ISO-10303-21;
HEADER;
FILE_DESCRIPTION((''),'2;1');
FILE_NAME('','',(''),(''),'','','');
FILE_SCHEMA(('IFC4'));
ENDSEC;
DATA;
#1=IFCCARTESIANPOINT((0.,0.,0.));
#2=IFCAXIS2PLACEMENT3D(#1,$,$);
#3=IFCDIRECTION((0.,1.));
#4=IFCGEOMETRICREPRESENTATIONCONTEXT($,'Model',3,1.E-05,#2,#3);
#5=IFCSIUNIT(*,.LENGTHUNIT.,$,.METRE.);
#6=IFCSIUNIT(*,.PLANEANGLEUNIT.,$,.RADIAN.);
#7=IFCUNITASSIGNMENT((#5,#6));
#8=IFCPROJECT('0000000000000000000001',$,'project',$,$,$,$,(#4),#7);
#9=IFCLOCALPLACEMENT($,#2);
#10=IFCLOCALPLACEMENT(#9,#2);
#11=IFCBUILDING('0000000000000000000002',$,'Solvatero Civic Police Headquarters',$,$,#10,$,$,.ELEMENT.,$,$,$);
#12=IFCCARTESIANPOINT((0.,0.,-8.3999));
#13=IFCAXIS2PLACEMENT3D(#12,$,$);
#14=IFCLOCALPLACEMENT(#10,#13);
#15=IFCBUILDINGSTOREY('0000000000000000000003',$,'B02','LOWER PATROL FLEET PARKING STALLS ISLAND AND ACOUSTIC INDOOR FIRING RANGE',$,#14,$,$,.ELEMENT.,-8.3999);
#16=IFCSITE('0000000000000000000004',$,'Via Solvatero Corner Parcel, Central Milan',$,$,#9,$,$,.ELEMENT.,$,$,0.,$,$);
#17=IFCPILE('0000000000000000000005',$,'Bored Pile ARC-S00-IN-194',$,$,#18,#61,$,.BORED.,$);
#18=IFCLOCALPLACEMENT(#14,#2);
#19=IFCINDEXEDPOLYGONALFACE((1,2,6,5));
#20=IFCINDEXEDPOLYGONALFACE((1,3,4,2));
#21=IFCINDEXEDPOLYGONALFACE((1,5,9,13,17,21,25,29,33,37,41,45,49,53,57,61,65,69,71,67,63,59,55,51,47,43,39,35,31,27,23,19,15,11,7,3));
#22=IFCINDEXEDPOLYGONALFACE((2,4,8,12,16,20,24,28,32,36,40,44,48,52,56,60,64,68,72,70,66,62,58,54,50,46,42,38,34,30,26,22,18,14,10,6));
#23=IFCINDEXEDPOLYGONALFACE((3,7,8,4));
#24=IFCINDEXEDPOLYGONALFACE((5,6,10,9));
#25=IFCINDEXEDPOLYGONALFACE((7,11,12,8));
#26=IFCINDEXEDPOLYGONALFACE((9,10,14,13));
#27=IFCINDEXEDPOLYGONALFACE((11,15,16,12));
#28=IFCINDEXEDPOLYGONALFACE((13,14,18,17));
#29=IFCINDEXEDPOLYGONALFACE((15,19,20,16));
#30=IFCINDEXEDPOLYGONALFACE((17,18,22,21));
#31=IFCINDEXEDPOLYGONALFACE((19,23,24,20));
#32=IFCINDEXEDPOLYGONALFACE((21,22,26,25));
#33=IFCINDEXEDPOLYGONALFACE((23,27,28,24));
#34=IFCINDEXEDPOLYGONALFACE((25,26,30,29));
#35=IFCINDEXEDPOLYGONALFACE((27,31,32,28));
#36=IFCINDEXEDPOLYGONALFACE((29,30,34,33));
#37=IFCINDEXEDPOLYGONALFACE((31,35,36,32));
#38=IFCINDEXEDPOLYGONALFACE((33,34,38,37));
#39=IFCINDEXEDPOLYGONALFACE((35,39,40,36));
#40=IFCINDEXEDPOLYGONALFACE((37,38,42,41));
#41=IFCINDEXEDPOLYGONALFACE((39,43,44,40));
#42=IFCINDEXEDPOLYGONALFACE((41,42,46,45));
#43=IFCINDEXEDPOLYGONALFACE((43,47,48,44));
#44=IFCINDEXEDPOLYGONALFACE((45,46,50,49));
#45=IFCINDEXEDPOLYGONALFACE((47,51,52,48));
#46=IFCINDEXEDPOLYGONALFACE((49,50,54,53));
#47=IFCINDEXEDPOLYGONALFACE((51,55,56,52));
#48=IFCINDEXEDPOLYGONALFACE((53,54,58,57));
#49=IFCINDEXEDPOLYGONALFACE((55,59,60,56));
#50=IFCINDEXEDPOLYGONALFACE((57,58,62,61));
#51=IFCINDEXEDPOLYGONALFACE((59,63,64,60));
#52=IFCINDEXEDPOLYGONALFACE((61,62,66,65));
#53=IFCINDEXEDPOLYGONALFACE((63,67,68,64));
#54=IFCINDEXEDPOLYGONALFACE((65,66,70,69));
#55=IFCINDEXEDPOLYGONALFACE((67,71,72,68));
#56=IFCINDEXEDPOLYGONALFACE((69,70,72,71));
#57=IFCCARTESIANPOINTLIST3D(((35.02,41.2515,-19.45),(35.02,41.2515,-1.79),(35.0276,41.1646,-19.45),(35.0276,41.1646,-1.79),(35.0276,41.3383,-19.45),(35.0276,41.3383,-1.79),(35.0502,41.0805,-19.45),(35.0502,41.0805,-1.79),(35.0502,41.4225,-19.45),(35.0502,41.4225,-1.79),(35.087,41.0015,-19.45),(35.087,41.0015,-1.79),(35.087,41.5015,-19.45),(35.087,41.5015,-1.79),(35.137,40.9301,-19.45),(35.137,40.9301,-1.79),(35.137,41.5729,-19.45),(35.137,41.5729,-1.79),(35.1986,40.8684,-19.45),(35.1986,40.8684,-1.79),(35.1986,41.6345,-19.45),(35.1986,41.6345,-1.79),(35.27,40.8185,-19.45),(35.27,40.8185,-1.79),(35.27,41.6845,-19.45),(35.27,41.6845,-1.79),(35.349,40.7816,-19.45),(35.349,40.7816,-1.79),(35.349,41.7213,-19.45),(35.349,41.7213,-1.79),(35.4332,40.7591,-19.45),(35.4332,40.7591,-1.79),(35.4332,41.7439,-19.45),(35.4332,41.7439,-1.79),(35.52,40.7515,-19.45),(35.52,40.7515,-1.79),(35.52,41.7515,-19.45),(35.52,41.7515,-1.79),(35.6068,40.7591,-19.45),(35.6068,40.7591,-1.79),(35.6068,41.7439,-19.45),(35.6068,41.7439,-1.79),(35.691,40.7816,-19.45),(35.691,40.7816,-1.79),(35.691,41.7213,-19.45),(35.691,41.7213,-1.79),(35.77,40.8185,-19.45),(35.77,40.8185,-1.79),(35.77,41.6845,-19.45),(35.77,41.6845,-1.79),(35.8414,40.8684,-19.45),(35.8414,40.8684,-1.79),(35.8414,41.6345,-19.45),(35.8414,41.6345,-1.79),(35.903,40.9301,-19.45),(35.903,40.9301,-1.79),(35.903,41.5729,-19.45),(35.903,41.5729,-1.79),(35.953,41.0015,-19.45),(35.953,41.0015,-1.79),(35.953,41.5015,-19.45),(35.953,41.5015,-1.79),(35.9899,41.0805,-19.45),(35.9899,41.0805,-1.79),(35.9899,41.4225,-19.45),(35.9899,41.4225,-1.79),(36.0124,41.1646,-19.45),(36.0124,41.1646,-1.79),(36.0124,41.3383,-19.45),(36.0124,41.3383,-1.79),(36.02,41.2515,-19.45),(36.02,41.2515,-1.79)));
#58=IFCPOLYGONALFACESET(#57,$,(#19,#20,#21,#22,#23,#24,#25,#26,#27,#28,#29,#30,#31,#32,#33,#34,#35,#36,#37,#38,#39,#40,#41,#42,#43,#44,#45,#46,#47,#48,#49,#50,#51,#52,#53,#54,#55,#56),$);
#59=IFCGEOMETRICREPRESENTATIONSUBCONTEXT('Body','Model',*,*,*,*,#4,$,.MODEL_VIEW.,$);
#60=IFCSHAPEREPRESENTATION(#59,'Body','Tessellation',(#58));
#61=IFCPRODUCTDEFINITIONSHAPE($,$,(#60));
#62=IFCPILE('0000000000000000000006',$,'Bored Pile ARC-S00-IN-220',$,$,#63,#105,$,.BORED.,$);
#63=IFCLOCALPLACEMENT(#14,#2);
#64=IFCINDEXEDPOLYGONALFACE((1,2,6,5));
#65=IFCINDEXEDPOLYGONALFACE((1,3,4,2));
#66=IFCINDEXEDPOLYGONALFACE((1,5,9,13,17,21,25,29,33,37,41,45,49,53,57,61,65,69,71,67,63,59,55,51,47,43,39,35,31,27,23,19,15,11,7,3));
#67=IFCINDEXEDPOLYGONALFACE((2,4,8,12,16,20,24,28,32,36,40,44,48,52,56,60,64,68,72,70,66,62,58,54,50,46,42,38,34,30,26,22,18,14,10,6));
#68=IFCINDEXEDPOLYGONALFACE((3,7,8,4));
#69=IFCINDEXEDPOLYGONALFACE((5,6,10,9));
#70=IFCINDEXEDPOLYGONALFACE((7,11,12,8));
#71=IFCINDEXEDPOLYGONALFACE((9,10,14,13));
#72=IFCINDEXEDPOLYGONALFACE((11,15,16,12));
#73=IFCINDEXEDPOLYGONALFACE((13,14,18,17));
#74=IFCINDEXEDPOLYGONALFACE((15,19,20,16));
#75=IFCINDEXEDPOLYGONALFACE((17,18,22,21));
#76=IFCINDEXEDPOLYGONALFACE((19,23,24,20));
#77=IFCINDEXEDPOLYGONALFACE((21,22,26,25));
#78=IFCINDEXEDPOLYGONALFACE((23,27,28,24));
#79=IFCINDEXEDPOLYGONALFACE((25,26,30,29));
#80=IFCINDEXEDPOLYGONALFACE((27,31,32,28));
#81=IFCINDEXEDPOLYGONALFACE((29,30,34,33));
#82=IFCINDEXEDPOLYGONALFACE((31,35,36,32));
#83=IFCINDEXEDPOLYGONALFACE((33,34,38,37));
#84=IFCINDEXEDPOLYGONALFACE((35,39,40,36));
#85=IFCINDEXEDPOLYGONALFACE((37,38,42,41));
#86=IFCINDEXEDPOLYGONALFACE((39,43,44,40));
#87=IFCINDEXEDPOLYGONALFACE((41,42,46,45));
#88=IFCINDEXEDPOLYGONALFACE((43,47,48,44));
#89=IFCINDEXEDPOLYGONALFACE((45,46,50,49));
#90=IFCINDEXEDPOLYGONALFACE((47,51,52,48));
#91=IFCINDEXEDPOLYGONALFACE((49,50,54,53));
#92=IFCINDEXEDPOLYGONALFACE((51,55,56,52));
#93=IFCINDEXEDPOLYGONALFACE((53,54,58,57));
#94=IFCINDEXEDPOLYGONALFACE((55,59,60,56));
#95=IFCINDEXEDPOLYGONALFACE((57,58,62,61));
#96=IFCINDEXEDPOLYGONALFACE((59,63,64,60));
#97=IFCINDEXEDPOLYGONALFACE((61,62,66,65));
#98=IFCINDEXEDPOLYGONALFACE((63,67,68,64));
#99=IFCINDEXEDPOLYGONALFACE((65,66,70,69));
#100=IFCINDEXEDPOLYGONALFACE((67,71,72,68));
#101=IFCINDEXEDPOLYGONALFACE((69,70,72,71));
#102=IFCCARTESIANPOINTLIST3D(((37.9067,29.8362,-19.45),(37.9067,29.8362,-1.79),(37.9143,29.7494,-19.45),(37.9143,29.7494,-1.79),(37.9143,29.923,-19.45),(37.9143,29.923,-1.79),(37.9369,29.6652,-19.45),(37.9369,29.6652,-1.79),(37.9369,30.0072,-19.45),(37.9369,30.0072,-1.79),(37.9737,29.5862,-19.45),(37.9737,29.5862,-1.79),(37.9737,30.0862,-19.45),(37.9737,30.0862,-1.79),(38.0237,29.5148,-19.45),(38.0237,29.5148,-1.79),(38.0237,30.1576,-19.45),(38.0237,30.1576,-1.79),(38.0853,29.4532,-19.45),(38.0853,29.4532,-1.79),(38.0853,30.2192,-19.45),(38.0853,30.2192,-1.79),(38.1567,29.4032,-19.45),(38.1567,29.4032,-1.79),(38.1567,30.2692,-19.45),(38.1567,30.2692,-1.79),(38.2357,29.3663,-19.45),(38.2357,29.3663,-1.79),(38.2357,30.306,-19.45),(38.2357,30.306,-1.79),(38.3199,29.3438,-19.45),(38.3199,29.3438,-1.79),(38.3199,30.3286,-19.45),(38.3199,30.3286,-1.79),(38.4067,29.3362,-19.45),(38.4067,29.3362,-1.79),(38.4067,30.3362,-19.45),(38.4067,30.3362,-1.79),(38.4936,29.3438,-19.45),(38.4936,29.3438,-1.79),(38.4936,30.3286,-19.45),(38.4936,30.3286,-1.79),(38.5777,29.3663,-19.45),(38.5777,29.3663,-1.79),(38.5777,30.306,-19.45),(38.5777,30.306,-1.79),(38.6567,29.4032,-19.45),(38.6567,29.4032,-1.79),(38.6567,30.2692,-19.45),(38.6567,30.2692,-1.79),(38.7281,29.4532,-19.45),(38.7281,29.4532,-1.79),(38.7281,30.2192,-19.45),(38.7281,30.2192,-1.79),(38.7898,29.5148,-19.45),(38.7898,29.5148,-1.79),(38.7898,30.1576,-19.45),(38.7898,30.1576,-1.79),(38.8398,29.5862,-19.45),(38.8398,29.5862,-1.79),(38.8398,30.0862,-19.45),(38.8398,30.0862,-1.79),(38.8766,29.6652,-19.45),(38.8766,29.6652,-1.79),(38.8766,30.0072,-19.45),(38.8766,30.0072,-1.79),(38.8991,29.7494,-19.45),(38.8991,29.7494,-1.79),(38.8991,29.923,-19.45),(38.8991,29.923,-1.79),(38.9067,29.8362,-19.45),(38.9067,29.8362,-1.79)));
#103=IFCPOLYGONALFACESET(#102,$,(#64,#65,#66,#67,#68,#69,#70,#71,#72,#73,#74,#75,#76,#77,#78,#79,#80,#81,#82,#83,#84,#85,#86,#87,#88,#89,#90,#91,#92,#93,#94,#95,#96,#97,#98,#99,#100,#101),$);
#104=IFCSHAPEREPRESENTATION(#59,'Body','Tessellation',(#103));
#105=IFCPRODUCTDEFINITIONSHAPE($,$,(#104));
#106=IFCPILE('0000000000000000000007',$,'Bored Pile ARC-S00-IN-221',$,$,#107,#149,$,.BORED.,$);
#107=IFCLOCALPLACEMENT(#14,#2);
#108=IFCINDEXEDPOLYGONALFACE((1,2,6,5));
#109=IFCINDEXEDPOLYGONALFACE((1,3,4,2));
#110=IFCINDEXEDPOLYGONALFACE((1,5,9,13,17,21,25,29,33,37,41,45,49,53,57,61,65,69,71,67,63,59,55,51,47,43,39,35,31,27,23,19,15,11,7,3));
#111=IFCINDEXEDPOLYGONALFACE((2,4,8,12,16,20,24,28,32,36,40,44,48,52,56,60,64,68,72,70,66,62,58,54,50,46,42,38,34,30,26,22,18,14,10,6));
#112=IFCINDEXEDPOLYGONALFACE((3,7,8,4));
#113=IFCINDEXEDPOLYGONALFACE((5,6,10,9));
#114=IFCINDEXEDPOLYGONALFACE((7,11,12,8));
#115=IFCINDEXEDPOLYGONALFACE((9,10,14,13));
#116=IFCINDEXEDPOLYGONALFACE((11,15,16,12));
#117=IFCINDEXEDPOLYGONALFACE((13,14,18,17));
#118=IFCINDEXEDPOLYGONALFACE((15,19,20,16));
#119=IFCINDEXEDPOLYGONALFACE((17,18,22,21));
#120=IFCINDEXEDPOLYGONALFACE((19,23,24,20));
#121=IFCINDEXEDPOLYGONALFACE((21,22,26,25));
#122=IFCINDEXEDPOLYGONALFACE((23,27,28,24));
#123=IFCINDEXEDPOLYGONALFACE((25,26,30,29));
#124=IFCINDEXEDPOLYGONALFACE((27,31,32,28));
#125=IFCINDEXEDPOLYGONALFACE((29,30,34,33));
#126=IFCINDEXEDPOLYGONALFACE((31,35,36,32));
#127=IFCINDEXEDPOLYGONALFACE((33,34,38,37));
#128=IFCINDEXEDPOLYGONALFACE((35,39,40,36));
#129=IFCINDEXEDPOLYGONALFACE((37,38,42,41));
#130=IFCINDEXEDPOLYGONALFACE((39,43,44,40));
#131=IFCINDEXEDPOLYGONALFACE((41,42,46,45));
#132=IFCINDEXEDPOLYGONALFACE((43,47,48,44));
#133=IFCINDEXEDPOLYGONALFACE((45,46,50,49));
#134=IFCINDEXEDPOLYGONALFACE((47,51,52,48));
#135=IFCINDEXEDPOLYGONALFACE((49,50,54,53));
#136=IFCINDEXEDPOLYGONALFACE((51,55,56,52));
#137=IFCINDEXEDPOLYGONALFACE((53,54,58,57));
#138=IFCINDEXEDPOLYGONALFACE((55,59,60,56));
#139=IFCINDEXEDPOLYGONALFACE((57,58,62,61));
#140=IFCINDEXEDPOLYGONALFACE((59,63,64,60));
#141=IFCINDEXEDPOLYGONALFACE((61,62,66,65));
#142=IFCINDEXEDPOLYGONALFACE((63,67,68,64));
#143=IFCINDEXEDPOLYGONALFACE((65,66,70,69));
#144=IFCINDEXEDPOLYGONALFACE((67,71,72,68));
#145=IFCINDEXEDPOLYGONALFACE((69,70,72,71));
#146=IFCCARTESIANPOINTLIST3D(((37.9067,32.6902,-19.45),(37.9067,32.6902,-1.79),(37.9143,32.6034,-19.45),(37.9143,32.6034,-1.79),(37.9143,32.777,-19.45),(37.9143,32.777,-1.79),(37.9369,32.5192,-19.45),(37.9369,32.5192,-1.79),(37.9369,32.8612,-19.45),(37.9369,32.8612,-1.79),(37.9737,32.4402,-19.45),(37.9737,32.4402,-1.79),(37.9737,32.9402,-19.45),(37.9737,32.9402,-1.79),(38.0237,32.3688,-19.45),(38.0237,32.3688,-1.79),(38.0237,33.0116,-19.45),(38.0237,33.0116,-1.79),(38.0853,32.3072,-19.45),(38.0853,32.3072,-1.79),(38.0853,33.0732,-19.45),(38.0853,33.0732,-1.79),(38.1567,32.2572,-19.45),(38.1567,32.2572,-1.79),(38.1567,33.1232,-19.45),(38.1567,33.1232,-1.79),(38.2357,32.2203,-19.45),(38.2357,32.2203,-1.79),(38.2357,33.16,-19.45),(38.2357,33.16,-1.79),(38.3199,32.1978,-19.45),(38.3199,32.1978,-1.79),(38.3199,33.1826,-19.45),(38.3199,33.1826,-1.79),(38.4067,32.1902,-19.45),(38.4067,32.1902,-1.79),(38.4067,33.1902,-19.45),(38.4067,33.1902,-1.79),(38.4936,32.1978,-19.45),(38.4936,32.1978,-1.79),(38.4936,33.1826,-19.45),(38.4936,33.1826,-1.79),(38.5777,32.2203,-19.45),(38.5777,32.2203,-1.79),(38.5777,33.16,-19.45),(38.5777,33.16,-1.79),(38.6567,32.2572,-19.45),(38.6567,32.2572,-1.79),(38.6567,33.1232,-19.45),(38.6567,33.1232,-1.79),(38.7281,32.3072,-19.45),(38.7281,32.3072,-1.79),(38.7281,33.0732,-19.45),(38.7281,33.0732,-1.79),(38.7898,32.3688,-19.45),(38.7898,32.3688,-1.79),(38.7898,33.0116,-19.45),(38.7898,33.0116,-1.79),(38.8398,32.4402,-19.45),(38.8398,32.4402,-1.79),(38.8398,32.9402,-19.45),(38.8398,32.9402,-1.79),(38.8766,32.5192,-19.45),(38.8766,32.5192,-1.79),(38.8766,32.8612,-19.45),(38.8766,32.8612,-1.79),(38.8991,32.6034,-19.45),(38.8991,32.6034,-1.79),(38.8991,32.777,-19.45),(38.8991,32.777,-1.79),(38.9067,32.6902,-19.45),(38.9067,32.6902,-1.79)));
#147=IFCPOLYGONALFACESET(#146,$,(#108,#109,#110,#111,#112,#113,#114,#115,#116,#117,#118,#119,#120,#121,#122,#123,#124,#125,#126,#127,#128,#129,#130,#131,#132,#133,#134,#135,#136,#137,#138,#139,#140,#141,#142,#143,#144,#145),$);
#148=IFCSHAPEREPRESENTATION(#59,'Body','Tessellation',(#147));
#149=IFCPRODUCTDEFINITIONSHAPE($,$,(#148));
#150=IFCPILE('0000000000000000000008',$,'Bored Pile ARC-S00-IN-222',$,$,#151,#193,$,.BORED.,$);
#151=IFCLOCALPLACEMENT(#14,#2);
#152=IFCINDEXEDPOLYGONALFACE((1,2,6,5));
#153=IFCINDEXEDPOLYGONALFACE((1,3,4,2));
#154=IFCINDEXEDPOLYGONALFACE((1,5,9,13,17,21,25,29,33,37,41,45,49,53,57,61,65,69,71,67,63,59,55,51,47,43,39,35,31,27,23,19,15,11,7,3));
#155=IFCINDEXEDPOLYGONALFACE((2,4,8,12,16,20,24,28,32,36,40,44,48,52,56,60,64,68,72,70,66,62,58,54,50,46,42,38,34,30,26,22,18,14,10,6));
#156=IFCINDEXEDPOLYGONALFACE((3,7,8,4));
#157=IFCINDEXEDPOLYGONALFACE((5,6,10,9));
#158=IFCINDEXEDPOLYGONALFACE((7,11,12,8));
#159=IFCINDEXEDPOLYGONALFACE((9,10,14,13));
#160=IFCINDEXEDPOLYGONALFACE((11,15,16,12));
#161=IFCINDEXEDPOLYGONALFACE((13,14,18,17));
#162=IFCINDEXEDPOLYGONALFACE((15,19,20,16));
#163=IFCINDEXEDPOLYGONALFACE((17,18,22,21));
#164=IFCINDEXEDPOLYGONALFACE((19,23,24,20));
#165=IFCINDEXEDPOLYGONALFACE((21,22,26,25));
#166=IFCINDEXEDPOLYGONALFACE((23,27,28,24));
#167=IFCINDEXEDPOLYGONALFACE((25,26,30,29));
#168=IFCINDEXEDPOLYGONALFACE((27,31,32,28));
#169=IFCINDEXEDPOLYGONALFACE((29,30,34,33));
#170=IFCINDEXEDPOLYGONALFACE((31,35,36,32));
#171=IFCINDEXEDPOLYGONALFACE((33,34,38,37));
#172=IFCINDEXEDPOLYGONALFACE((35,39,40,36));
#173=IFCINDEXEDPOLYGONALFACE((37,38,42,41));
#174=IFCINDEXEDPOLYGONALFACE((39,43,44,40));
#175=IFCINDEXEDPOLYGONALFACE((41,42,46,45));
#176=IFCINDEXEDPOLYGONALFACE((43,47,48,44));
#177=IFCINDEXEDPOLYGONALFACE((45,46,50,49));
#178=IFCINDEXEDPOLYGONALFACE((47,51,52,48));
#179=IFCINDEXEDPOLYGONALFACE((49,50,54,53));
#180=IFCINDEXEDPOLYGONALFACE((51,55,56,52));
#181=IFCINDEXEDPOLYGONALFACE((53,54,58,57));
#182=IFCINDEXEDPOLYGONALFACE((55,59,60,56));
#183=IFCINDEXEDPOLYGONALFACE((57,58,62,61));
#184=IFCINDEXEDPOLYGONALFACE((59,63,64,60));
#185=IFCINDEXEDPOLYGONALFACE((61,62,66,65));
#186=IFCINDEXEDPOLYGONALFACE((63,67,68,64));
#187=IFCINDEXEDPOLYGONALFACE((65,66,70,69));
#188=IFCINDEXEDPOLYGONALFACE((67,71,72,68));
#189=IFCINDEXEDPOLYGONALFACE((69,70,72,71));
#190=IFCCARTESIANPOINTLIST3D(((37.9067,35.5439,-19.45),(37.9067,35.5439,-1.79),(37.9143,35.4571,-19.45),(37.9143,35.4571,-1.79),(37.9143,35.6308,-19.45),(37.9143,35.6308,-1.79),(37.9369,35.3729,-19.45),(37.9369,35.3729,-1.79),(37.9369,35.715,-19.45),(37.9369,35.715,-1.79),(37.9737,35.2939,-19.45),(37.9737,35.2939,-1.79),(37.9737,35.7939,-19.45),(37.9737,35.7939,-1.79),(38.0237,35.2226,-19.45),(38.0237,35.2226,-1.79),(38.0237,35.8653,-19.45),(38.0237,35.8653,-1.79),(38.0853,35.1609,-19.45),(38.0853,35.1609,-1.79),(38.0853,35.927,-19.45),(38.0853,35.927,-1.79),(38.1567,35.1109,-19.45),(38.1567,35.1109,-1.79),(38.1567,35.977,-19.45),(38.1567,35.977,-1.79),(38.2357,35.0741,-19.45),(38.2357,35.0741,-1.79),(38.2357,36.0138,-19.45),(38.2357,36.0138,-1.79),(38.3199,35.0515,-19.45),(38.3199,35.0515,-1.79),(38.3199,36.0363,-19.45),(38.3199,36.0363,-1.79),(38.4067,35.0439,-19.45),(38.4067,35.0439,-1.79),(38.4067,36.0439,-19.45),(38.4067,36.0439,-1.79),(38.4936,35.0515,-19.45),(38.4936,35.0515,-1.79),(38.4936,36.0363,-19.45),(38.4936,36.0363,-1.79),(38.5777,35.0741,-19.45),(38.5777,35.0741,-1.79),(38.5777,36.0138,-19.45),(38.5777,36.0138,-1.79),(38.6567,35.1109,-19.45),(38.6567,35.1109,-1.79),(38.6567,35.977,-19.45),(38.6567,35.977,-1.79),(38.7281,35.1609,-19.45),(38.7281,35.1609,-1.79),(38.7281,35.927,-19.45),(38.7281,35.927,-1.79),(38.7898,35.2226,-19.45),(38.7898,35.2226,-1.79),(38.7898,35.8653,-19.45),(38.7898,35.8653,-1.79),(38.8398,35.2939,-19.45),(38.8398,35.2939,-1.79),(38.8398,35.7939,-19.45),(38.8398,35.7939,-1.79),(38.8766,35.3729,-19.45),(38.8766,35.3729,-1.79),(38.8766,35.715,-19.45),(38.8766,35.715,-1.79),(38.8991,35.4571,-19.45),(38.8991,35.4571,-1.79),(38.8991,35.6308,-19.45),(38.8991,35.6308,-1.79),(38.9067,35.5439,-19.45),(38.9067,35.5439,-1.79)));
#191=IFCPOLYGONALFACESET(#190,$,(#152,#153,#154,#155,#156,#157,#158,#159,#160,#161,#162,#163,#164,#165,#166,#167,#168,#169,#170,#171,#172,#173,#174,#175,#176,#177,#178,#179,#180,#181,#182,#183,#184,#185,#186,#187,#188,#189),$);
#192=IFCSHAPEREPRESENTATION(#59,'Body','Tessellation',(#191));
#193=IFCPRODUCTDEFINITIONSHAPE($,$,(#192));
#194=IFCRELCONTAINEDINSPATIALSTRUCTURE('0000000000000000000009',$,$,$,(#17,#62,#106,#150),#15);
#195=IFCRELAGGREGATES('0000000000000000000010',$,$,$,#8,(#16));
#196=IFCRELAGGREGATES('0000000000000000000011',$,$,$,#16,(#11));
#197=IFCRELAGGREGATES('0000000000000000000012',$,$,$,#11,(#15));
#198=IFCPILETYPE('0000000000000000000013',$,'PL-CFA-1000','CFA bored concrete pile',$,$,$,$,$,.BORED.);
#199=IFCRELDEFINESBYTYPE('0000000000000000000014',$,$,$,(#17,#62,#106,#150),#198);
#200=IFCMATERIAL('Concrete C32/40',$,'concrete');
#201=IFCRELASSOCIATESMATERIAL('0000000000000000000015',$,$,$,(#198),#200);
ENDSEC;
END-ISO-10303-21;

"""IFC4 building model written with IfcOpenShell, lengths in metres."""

from ifc_helpers import new_model, si_unit, direction, frame, origin, origin_2d, place, context, subcontext, project, spatial, circle, extrude, material, material_profile, profile_set, type_object, element, save


model = new_model("IFC4")

# Units and contexts
model_context = context("Model", 3, precision=1e-05, world=origin(), true_north=direction((0.0, 1.0)))
body_context = subcontext(model_context, "Body", "Model", "MODEL_VIEW")
ifc_project = project(units=[si_unit("LENGTHUNIT", "METRE"), si_unit("PLANEANGLEUNIT", "RADIAN")], contexts=[model_context])

# Site, building, storey
site_placement = place(None, origin())
site = spatial("IfcSite", under=ifc_project, at=site_placement, Name="Via Solvatero Corner Parcel, Central Milan", CompositionType="ELEMENT", RefElevation=0.0)
building_placement = place(site_placement, origin())
building = spatial("IfcBuilding", under=site, at=building_placement, Name="Solvatero Civic Police Headquarters", CompositionType="ELEMENT")
storey_placement = place(building_placement, frame((0.0, 0.0, -8.3999)))
storey = spatial("IfcBuildingStorey", under=building, at=storey_placement, Name="B02", Description="LOWER PATROL FLEET PARKING STALLS ISLAND AND ACOUSTIC INDOOR FIRING RANGE", CompositionType="ELEMENT", Elevation=-8.3999)

# Piles
ifc_material_1 = material(Name="Concrete C32/40", Category="concrete")
ifc_material_profile_1 = material_profile(ifc_material_1, circle(Radius=0.5, at=origin_2d()), Name="CFA PILE D1000")
ifc_profile_set_1 = profile_set([ifc_material_profile_1], Name="Concrete C32/40")
pile_type = type_object("IfcPileType", Name="PL-CFA-1000", Description="CFA bored concrete pile", PredefinedType="BORED", material=ifc_profile_set_1)
for number, where, z_axis, x_axis, name in (
    (1, (35.52, 41.2515, -1.79), (0.0, 0.0, -1.0), (1.0, 0.0, 0.0), "Bored Pile ARC-S00-IN-194"),
    (2, (38.4067, 29.8362, -1.79), (0.0, 0.0, -1.0), (1.0, 0.0, 0.0), "Bored Pile ARC-S00-IN-220"),
    (3, (38.4067, 32.6902, -1.79), (0.0, 0.0, -1.0), (1.0, 0.0, 0.0), "Bored Pile ARC-S00-IN-221"),
    (4, (38.4067, 35.5439, -1.79), (0.0, 0.0, -1.0), (1.0, 0.0, 0.0), "Bored Pile ARC-S00-IN-222"),
):
    element("IfcPile", number, at=place(storey_placement, frame(where, z_axis=z_axis, x_axis=x_axis)), inside=storey, type_object=pile_type, Name=name, PredefinedType="BORED", context=body_context, shape_type="SweptSolid", body=[
        extrude(circle(Radius=0.5, at=origin_2d()), origin(), (0.0, 0.0, 1.0), 17.6599),
    ])

save(model, "model.ifc")
